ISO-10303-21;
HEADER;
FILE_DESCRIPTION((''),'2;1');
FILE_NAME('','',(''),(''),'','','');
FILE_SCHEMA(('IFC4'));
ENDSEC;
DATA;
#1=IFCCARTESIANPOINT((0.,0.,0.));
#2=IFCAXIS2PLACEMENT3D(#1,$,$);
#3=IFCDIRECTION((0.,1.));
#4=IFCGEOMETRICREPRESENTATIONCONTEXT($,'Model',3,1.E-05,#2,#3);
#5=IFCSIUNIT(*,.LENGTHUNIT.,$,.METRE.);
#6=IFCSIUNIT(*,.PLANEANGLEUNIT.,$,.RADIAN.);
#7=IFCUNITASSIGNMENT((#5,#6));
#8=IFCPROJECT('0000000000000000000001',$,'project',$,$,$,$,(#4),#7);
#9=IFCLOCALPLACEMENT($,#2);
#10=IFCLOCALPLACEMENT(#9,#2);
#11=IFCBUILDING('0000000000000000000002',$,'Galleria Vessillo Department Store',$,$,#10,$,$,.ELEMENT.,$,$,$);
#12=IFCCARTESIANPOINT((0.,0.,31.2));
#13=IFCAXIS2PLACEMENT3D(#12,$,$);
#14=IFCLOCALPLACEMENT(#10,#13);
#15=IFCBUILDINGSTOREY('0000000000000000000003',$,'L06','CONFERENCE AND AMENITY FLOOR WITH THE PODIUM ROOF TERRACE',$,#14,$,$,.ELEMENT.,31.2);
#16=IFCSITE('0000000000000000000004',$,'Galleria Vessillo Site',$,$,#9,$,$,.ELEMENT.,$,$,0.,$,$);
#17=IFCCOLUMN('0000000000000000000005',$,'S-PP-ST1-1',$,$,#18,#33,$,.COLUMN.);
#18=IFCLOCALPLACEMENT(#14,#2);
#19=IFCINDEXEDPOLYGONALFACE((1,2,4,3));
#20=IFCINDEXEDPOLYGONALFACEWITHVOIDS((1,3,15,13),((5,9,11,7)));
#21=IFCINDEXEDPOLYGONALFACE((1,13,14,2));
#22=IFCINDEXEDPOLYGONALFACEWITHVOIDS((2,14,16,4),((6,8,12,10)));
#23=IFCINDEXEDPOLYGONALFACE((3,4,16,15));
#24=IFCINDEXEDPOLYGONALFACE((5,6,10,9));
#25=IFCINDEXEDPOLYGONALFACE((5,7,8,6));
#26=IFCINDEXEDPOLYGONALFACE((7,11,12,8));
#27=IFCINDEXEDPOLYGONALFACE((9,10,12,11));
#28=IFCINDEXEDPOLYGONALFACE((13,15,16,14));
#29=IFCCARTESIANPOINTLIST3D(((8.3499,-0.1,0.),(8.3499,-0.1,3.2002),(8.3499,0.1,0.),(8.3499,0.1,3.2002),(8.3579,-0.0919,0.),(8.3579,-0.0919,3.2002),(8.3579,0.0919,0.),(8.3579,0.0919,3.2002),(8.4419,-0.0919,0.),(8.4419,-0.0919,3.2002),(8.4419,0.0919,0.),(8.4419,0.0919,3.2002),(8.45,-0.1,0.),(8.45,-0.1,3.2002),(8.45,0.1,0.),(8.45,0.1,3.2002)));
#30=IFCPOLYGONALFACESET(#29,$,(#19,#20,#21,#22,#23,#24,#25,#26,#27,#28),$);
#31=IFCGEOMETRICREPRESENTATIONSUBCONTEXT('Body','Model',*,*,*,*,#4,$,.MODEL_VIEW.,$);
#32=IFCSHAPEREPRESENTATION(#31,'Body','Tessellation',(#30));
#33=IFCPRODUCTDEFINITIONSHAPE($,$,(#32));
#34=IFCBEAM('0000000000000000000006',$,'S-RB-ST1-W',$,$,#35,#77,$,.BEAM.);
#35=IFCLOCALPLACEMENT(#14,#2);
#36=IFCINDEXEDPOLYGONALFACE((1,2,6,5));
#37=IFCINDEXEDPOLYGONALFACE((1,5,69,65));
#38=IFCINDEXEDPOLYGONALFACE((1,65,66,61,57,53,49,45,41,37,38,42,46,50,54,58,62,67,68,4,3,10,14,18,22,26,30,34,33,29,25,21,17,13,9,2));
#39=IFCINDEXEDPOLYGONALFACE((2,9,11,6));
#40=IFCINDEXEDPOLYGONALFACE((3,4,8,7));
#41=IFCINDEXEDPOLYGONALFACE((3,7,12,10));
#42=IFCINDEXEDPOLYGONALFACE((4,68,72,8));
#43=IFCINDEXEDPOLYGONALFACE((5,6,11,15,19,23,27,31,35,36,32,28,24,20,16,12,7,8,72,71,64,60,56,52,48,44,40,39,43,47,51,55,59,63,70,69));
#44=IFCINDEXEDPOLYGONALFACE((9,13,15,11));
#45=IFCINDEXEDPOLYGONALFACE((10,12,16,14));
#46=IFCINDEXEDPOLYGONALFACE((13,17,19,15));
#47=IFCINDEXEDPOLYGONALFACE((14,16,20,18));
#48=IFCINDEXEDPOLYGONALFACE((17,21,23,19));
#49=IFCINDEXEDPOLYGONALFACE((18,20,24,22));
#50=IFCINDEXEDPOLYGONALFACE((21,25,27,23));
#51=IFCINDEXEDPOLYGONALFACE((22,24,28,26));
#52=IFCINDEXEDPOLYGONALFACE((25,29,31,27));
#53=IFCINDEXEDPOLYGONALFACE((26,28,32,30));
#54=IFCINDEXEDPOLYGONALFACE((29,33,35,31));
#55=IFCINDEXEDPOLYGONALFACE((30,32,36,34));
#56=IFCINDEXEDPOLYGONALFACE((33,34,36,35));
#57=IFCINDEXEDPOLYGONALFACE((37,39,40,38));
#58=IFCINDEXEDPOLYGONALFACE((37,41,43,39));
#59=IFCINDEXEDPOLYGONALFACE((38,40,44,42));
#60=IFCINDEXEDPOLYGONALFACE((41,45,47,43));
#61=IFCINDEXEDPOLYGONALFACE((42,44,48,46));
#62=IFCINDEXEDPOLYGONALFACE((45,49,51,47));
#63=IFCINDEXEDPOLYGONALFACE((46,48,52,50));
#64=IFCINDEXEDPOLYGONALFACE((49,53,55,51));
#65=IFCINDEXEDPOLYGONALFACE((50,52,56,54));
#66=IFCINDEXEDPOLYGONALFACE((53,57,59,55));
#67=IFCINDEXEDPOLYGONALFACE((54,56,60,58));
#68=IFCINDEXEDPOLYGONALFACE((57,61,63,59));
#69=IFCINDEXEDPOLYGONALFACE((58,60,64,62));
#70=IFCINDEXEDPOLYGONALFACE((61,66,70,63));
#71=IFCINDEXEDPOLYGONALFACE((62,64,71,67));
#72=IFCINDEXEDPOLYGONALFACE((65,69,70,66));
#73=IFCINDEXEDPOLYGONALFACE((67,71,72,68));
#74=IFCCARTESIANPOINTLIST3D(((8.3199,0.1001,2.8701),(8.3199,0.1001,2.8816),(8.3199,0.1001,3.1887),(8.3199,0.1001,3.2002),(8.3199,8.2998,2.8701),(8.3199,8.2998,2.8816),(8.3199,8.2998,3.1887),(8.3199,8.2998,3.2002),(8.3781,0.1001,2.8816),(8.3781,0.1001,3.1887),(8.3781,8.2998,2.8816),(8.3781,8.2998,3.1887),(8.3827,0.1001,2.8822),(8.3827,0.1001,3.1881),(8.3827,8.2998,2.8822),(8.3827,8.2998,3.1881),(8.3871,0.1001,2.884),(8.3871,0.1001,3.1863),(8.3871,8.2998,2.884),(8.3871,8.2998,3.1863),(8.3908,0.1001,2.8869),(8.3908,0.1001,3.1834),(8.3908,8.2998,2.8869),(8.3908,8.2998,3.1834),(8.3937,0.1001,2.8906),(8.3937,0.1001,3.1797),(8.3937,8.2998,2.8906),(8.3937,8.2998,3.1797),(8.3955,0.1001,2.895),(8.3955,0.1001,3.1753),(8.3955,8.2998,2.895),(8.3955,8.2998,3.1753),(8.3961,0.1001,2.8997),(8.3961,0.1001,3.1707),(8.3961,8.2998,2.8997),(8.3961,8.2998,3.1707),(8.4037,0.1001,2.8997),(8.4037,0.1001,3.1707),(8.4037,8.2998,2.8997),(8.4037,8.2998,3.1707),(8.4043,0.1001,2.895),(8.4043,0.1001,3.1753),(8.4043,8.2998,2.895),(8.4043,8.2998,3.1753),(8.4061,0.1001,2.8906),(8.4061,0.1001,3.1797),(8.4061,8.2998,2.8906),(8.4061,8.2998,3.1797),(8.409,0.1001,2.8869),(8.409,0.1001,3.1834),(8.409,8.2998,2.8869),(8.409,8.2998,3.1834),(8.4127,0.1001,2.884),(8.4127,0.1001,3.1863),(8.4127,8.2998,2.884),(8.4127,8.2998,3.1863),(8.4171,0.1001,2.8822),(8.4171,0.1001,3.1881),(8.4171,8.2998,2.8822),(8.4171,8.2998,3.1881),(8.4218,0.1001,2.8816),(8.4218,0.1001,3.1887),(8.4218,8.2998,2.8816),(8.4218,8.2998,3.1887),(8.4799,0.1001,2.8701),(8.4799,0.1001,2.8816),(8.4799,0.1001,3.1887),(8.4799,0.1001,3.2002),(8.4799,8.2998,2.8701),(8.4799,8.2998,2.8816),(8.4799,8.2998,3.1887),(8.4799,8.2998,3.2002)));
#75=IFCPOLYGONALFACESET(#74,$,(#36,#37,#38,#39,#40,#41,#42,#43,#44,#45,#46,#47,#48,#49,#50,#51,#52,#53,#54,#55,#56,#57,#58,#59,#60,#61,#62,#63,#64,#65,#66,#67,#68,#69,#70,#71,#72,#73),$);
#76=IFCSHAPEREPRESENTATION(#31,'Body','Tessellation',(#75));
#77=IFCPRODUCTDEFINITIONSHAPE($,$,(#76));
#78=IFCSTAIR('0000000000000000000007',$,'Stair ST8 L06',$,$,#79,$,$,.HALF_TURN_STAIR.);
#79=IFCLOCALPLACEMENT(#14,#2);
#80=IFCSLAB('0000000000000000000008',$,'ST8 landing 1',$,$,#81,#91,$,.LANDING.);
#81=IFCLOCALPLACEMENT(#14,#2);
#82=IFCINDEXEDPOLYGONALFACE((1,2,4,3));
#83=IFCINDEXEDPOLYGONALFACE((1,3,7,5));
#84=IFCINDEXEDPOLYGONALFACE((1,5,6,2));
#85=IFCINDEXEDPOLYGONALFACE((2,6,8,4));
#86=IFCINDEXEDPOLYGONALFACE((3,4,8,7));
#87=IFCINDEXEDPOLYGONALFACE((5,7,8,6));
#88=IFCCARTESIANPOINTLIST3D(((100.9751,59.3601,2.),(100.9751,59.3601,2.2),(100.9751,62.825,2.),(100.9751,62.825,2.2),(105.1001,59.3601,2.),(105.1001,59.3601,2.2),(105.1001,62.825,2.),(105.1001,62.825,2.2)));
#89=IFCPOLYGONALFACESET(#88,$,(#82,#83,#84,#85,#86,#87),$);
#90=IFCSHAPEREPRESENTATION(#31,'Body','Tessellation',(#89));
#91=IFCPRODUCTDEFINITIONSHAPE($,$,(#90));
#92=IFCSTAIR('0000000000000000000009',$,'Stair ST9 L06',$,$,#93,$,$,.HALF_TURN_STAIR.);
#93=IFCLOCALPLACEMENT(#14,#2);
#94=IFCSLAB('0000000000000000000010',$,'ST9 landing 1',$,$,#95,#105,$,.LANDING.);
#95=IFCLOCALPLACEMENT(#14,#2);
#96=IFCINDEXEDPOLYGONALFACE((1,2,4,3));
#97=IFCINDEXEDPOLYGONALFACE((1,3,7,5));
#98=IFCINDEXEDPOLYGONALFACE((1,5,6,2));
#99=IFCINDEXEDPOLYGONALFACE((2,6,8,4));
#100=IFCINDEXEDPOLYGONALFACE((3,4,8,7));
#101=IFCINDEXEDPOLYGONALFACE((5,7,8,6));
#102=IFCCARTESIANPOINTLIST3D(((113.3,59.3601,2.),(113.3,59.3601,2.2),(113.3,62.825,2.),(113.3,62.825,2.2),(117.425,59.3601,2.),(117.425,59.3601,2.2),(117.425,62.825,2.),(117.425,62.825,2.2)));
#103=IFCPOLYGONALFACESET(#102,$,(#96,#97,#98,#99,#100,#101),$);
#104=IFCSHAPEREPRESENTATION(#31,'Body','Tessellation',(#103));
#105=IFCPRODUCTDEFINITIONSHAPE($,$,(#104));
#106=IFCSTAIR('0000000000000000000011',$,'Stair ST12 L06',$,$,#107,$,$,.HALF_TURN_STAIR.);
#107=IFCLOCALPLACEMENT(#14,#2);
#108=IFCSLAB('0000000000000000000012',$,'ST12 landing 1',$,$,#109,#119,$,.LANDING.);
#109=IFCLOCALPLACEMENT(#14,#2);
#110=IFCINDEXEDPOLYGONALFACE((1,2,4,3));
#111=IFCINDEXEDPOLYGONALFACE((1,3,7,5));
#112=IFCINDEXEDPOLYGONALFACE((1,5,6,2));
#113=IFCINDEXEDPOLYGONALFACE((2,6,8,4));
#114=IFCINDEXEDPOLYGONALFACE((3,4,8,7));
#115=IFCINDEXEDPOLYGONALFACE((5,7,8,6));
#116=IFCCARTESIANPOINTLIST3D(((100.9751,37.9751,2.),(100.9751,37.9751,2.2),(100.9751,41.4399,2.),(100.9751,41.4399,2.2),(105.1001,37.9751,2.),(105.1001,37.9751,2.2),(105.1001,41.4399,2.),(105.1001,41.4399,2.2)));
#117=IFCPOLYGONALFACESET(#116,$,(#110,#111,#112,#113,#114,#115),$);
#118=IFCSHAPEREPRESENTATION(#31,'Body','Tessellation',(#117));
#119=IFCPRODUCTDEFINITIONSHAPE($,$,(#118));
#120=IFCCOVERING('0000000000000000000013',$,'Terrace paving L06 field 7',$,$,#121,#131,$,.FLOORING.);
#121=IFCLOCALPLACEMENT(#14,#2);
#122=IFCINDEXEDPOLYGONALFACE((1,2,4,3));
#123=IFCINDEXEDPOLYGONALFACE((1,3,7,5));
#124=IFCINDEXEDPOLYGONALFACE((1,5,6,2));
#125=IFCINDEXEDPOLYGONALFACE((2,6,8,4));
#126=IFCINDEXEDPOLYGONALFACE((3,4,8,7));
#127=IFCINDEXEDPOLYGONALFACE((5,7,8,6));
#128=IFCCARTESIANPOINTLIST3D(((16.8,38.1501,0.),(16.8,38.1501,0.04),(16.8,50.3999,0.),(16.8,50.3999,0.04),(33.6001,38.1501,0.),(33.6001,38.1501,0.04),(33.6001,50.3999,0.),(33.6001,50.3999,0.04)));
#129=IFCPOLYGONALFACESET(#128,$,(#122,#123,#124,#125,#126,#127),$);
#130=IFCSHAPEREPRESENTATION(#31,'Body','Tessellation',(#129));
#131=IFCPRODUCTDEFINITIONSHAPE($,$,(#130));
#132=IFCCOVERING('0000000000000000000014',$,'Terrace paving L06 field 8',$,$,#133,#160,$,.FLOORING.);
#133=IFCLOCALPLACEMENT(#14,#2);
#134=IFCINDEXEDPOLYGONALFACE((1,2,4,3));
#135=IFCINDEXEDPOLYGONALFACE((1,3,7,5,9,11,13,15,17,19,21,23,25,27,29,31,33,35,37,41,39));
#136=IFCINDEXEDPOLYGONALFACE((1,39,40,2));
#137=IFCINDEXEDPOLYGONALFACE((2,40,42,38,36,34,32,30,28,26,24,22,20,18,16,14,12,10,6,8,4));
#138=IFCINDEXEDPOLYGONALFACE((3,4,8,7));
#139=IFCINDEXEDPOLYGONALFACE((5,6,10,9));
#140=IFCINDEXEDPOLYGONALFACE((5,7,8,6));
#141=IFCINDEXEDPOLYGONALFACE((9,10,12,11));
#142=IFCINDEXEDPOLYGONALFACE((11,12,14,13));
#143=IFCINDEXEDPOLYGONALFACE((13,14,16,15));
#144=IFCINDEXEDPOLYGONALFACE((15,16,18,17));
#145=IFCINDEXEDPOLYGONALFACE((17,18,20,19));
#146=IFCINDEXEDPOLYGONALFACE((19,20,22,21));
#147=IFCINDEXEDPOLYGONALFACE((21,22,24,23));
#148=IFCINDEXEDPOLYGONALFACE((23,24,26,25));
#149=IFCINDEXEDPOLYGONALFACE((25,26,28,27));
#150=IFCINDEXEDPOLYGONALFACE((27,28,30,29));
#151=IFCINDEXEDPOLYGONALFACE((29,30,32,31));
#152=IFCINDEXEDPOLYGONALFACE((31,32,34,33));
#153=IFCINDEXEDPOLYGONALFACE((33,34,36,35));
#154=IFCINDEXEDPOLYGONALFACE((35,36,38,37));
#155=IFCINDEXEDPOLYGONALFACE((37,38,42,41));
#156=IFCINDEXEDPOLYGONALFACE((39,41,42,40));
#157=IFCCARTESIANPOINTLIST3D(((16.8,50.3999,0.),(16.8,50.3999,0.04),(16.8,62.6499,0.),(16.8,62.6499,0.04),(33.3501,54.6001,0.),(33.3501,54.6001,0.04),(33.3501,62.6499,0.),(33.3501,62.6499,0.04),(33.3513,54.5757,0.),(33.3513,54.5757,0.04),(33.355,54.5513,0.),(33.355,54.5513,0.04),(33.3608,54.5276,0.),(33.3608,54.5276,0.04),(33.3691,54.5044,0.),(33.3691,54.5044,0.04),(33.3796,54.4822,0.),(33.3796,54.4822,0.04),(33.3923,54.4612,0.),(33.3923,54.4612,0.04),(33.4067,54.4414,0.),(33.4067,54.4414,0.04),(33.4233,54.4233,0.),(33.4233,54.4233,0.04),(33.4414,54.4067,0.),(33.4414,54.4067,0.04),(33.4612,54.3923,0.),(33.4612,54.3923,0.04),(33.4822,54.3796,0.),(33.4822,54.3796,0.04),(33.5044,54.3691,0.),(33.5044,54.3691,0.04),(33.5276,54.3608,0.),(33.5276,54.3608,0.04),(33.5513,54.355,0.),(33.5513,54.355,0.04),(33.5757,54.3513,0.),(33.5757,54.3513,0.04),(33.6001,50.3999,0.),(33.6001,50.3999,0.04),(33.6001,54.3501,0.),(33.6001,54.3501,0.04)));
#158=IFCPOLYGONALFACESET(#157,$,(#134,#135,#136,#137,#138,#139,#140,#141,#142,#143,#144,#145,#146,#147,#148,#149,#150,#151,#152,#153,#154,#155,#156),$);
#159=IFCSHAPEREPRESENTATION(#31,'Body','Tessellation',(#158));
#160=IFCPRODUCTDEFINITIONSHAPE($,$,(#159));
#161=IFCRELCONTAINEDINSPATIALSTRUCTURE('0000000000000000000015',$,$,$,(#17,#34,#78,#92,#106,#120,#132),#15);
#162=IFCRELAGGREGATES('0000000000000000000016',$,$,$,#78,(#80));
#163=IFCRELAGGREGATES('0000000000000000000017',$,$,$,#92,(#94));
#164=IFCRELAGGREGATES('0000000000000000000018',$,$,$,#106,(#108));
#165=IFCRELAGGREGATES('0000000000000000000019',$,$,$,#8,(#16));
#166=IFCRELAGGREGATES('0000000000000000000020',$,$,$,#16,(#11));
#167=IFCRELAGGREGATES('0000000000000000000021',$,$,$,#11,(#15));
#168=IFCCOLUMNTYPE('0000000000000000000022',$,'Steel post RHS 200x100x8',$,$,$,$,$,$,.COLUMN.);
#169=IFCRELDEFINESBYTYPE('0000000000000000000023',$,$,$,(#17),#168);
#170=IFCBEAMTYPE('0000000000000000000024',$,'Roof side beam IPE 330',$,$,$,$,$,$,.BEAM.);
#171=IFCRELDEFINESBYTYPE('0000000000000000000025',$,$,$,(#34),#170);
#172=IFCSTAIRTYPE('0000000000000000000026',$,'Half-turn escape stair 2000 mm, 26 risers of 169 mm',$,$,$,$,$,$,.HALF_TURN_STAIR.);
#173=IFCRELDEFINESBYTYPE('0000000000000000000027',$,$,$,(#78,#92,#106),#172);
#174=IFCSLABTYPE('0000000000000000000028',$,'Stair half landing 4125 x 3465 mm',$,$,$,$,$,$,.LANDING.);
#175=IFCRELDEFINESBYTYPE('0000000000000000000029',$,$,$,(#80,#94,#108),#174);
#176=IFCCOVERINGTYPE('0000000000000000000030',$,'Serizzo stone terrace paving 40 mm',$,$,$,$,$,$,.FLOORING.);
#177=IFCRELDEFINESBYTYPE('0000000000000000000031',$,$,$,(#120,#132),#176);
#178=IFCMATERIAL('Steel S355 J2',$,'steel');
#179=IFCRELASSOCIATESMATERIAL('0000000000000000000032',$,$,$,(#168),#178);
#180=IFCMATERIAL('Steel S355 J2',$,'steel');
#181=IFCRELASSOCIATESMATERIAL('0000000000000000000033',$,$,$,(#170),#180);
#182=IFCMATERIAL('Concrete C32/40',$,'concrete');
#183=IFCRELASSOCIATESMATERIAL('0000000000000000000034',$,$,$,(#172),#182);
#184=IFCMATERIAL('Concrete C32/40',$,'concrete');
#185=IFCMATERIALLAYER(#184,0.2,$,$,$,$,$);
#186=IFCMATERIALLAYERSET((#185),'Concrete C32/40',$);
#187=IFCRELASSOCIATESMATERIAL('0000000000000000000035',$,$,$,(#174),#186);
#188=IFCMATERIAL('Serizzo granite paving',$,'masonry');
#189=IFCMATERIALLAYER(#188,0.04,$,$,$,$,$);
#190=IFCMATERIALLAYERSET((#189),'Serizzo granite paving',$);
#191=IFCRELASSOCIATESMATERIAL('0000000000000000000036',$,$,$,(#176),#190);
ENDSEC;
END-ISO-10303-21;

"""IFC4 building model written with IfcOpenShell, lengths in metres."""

from ifc_helpers import new_model, si_unit, direction, frame, origin, origin_2d, place, context, subcontext, project, spatial, polyline, hollow_rectangle, i_section, outline, extrude, material, layer, layer_set, material_profile, profile_set, type_object, element, aggregate, save


model = new_model("IFC4")

# Units and contexts
model_context = context("Model", 3, precision=1e-05, world=origin(), true_north=direction((0.0, 1.0)))
body_context = subcontext(model_context, "Body", "Model", "MODEL_VIEW")
ifc_project = project(units=[si_unit("LENGTHUNIT", "METRE"), si_unit("PLANEANGLEUNIT", "RADIAN")], contexts=[model_context])

# Site, building, storey
site_placement = place(None, origin())
site = spatial("IfcSite", under=ifc_project, at=site_placement, Name="Galleria Vessillo Site", CompositionType="ELEMENT", RefElevation=0.0)
building_placement = place(site_placement, origin())
building = spatial("IfcBuilding", under=site, at=building_placement, Name="Galleria Vessillo Department Store", CompositionType="ELEMENT")
storey_placement = place(building_placement, frame((0.0, 0.0, 31.2)))
storey = spatial("IfcBuildingStorey", under=building, at=storey_placement, Name="L06", Description="CONFERENCE AND AMENITY FLOOR WITH THE PODIUM ROOF TERRACE", CompositionType="ELEMENT", Elevation=31.2)

# Column
ifc_material_1 = material(Name="Steel S355 J2", Category="steel")
ifc_material_profile_1 = material_profile(ifc_material_1, hollow_rectangle(XDim=0.1001, YDim=0.2, WallThickness=0.0081, at=origin_2d()), Name="RHS 200x100x8")
ifc_profile_set_1 = profile_set([ifc_material_profile_1], Name="Steel S355 J2")
column_type = type_object("IfcColumnType", Name="Steel post RHS 200x100x8", PredefinedType="COLUMN", material=ifc_profile_set_1)
column_placement = place(storey_placement, frame((8.3999, 0.0, 0.0), z_axis=(0.0, 0.0, 1.0), x_axis=(1.0, 0.0, 0.0)))
element("IfcColumn", 1, at=column_placement, inside=storey, type_object=column_type, Name="S-PP-ST1-1", PredefinedType="COLUMN", context=body_context, shape_type="SweptSolid", body=[
    extrude(hollow_rectangle(XDim=0.1001, YDim=0.2, WallThickness=0.0081, at=origin_2d()), origin(), (0.0, 0.0, 1.0), 3.2002),
])

# Beam
ifc_material_2 = material(Name="Steel S355 J2", Category="steel")
ifc_material_profile_2 = material_profile(ifc_material_2, i_section(OverallWidth=0.1599, OverallDepth=0.3301, WebThickness=0.0076, FlangeThickness=0.0115, FilletRadius=0.0181, at=origin_2d()), Name="IPE 330")
ifc_profile_set_2 = profile_set([ifc_material_profile_2], Name="Steel S355 J2")
beam_type = type_object("IfcBeamType", Name="Roof side beam IPE 330", PredefinedType="BEAM", material=ifc_profile_set_2)
beam_placement = place(storey_placement, frame((8.3999, 0.1001, 3.0352), z_axis=(0.0, 1.0, 0.0), x_axis=(-1.0, 0.0, 0.0)))
element("IfcBeam", 2, at=beam_placement, inside=storey, type_object=beam_type, Name="S-RB-ST1-W", PredefinedType="BEAM", context=body_context, shape_type="SweptSolid", body=[
    extrude(i_section(OverallWidth=0.1599, OverallDepth=0.3301, WebThickness=0.0076, FlangeThickness=0.0115, FilletRadius=0.0181, at=origin_2d()), origin(), (0.0, 0.0, 1.0), 8.1997),
])

# Stairs, slabs
ifc_material_3 = material(Name="Concrete C32/40", Category="concrete")
stair_type = type_object("IfcStairType", Name="Half-turn escape stair 2000 mm, 26 risers of 169 mm", PredefinedType="HALF_TURN_STAIR", material=ifc_material_3)
stair_1_placement = place(storey_placement, origin())
stair_1 = element("IfcStair", 3, at=stair_1_placement, inside=storey, type_object=stair_type, Name="Stair ST8 L06", PredefinedType="HALF_TURN_STAIR")
ifc_material_4 = material(Name="Concrete C32/40", Category="concrete")
ifc_layer_1 = layer(ifc_material_4, 0.2)
ifc_layer_set_1 = layer_set([ifc_layer_1], Name="Concrete C32/40")
slab_type = type_object("IfcSlabType", Name="Stair half landing 4125 x 3465 mm", PredefinedType="LANDING", material=ifc_layer_set_1)
slab_1_placement = place(storey_placement, frame((0.0, 0.0, 2.0)))
slab_1 = element("IfcSlab", 4, at=slab_1_placement, type_object=slab_type, Name="ST8 landing 1", PredefinedType="LANDING", context=body_context, shape_type="SweptSolid", body=[
    extrude(outline(polyline([(100.9751, 59.3601), (100.9751, 62.825), (105.1001, 62.825), (105.1001, 59.3601), (100.9751, 59.3601)])), origin(), (0.0, 0.0, 1.0), 0.2),
])
aggregate(stair_1, [slab_1])
stair_2_placement = place(storey_placement, origin())
stair_2 = element("IfcStair", 5, at=stair_2_placement, inside=storey, type_object=stair_type, Name="Stair ST9 L06", PredefinedType="HALF_TURN_STAIR")
slab_2_placement = place(storey_placement, frame((0.0, 0.0, 2.0)))
slab_2 = element("IfcSlab", 6, at=slab_2_placement, type_object=slab_type, Name="ST9 landing 1", PredefinedType="LANDING", context=body_context, shape_type="SweptSolid", body=[
    extrude(outline(polyline([(113.3, 59.3601), (113.3, 62.825), (117.425, 62.825), (117.425, 59.3601), (113.3, 59.3601)])), origin(), (0.0, 0.0, 1.0), 0.2),
])
aggregate(stair_2, [slab_2])
stair_3_placement = place(storey_placement, origin())
stair_3 = element("IfcStair", 7, at=stair_3_placement, inside=storey, type_object=stair_type, Name="Stair ST12 L06", PredefinedType="HALF_TURN_STAIR")
slab_3_placement = place(storey_placement, frame((0.0, 0.0, 2.0)))
slab_3 = element("IfcSlab", 8, at=slab_3_placement, type_object=slab_type, Name="ST12 landing 1", PredefinedType="LANDING", context=body_context, shape_type="SweptSolid", body=[
    extrude(outline(polyline([(100.9751, 37.9751), (100.9751, 41.4399), (105.1001, 41.4399), (105.1001, 37.9751), (100.9751, 37.9751)])), origin(), (0.0, 0.0, 1.0), 0.2),
])
aggregate(stair_3, [slab_3])

# Coverings
ifc_material_5 = material(Name="Serizzo granite paving", Category="masonry")
ifc_layer_2 = layer(ifc_material_5, 0.04)
ifc_layer_set_2 = layer_set([ifc_layer_2], Name="Serizzo granite paving")
covering_type = type_object("IfcCoveringType", Name="Serizzo stone terrace paving 40 mm", PredefinedType="FLOORING", material=ifc_layer_set_2)
covering_1_placement = place(storey_placement, origin())
element("IfcCovering", 9, at=covering_1_placement, inside=storey, type_object=covering_type, Name="Terrace paving L06 field 7", PredefinedType="FLOORING", context=body_context, shape_type="SweptSolid", body=[
    extrude(outline(polyline([(16.8, 38.1501), (16.8, 38.1501), (16.8, 50.3999), (33.6001, 50.3999), (33.6001, 38.1501), (16.8, 38.1501)])), origin(), (0.0, 0.0, 1.0), 0.04),
])
covering_2_placement = place(storey_placement, origin())
element("IfcCovering", 10, at=covering_2_placement, inside=storey, type_object=covering_type, Name="Terrace paving L06 field 8", PredefinedType="FLOORING", context=body_context, shape_type="SweptSolid", body=[
    extrude(outline(polyline([(33.3501, 62.6499), (33.3501, 54.6001), (33.3513, 54.5757), (33.355, 54.5513), (33.3608, 54.5276), (33.3691, 54.5044), (33.3796, 54.4822), (33.3923, 54.4612), (33.4067, 54.4414), (33.4233, 54.4233), (33.4414, 54.4067), (33.4612, 54.3923), (33.4822, 54.3796), (33.5044, 54.3691), (33.5276, 54.3608), (33.5513, 54.355), (33.5757, 54.3513), (33.6001, 54.3501), (33.6001, 50.3999), (16.8, 50.3999), (16.8, 62.6499), (33.3501, 62.6499)])), origin(), (0.0, 0.0, 1.0), 0.04),
])

save(model, "model.ifc")
